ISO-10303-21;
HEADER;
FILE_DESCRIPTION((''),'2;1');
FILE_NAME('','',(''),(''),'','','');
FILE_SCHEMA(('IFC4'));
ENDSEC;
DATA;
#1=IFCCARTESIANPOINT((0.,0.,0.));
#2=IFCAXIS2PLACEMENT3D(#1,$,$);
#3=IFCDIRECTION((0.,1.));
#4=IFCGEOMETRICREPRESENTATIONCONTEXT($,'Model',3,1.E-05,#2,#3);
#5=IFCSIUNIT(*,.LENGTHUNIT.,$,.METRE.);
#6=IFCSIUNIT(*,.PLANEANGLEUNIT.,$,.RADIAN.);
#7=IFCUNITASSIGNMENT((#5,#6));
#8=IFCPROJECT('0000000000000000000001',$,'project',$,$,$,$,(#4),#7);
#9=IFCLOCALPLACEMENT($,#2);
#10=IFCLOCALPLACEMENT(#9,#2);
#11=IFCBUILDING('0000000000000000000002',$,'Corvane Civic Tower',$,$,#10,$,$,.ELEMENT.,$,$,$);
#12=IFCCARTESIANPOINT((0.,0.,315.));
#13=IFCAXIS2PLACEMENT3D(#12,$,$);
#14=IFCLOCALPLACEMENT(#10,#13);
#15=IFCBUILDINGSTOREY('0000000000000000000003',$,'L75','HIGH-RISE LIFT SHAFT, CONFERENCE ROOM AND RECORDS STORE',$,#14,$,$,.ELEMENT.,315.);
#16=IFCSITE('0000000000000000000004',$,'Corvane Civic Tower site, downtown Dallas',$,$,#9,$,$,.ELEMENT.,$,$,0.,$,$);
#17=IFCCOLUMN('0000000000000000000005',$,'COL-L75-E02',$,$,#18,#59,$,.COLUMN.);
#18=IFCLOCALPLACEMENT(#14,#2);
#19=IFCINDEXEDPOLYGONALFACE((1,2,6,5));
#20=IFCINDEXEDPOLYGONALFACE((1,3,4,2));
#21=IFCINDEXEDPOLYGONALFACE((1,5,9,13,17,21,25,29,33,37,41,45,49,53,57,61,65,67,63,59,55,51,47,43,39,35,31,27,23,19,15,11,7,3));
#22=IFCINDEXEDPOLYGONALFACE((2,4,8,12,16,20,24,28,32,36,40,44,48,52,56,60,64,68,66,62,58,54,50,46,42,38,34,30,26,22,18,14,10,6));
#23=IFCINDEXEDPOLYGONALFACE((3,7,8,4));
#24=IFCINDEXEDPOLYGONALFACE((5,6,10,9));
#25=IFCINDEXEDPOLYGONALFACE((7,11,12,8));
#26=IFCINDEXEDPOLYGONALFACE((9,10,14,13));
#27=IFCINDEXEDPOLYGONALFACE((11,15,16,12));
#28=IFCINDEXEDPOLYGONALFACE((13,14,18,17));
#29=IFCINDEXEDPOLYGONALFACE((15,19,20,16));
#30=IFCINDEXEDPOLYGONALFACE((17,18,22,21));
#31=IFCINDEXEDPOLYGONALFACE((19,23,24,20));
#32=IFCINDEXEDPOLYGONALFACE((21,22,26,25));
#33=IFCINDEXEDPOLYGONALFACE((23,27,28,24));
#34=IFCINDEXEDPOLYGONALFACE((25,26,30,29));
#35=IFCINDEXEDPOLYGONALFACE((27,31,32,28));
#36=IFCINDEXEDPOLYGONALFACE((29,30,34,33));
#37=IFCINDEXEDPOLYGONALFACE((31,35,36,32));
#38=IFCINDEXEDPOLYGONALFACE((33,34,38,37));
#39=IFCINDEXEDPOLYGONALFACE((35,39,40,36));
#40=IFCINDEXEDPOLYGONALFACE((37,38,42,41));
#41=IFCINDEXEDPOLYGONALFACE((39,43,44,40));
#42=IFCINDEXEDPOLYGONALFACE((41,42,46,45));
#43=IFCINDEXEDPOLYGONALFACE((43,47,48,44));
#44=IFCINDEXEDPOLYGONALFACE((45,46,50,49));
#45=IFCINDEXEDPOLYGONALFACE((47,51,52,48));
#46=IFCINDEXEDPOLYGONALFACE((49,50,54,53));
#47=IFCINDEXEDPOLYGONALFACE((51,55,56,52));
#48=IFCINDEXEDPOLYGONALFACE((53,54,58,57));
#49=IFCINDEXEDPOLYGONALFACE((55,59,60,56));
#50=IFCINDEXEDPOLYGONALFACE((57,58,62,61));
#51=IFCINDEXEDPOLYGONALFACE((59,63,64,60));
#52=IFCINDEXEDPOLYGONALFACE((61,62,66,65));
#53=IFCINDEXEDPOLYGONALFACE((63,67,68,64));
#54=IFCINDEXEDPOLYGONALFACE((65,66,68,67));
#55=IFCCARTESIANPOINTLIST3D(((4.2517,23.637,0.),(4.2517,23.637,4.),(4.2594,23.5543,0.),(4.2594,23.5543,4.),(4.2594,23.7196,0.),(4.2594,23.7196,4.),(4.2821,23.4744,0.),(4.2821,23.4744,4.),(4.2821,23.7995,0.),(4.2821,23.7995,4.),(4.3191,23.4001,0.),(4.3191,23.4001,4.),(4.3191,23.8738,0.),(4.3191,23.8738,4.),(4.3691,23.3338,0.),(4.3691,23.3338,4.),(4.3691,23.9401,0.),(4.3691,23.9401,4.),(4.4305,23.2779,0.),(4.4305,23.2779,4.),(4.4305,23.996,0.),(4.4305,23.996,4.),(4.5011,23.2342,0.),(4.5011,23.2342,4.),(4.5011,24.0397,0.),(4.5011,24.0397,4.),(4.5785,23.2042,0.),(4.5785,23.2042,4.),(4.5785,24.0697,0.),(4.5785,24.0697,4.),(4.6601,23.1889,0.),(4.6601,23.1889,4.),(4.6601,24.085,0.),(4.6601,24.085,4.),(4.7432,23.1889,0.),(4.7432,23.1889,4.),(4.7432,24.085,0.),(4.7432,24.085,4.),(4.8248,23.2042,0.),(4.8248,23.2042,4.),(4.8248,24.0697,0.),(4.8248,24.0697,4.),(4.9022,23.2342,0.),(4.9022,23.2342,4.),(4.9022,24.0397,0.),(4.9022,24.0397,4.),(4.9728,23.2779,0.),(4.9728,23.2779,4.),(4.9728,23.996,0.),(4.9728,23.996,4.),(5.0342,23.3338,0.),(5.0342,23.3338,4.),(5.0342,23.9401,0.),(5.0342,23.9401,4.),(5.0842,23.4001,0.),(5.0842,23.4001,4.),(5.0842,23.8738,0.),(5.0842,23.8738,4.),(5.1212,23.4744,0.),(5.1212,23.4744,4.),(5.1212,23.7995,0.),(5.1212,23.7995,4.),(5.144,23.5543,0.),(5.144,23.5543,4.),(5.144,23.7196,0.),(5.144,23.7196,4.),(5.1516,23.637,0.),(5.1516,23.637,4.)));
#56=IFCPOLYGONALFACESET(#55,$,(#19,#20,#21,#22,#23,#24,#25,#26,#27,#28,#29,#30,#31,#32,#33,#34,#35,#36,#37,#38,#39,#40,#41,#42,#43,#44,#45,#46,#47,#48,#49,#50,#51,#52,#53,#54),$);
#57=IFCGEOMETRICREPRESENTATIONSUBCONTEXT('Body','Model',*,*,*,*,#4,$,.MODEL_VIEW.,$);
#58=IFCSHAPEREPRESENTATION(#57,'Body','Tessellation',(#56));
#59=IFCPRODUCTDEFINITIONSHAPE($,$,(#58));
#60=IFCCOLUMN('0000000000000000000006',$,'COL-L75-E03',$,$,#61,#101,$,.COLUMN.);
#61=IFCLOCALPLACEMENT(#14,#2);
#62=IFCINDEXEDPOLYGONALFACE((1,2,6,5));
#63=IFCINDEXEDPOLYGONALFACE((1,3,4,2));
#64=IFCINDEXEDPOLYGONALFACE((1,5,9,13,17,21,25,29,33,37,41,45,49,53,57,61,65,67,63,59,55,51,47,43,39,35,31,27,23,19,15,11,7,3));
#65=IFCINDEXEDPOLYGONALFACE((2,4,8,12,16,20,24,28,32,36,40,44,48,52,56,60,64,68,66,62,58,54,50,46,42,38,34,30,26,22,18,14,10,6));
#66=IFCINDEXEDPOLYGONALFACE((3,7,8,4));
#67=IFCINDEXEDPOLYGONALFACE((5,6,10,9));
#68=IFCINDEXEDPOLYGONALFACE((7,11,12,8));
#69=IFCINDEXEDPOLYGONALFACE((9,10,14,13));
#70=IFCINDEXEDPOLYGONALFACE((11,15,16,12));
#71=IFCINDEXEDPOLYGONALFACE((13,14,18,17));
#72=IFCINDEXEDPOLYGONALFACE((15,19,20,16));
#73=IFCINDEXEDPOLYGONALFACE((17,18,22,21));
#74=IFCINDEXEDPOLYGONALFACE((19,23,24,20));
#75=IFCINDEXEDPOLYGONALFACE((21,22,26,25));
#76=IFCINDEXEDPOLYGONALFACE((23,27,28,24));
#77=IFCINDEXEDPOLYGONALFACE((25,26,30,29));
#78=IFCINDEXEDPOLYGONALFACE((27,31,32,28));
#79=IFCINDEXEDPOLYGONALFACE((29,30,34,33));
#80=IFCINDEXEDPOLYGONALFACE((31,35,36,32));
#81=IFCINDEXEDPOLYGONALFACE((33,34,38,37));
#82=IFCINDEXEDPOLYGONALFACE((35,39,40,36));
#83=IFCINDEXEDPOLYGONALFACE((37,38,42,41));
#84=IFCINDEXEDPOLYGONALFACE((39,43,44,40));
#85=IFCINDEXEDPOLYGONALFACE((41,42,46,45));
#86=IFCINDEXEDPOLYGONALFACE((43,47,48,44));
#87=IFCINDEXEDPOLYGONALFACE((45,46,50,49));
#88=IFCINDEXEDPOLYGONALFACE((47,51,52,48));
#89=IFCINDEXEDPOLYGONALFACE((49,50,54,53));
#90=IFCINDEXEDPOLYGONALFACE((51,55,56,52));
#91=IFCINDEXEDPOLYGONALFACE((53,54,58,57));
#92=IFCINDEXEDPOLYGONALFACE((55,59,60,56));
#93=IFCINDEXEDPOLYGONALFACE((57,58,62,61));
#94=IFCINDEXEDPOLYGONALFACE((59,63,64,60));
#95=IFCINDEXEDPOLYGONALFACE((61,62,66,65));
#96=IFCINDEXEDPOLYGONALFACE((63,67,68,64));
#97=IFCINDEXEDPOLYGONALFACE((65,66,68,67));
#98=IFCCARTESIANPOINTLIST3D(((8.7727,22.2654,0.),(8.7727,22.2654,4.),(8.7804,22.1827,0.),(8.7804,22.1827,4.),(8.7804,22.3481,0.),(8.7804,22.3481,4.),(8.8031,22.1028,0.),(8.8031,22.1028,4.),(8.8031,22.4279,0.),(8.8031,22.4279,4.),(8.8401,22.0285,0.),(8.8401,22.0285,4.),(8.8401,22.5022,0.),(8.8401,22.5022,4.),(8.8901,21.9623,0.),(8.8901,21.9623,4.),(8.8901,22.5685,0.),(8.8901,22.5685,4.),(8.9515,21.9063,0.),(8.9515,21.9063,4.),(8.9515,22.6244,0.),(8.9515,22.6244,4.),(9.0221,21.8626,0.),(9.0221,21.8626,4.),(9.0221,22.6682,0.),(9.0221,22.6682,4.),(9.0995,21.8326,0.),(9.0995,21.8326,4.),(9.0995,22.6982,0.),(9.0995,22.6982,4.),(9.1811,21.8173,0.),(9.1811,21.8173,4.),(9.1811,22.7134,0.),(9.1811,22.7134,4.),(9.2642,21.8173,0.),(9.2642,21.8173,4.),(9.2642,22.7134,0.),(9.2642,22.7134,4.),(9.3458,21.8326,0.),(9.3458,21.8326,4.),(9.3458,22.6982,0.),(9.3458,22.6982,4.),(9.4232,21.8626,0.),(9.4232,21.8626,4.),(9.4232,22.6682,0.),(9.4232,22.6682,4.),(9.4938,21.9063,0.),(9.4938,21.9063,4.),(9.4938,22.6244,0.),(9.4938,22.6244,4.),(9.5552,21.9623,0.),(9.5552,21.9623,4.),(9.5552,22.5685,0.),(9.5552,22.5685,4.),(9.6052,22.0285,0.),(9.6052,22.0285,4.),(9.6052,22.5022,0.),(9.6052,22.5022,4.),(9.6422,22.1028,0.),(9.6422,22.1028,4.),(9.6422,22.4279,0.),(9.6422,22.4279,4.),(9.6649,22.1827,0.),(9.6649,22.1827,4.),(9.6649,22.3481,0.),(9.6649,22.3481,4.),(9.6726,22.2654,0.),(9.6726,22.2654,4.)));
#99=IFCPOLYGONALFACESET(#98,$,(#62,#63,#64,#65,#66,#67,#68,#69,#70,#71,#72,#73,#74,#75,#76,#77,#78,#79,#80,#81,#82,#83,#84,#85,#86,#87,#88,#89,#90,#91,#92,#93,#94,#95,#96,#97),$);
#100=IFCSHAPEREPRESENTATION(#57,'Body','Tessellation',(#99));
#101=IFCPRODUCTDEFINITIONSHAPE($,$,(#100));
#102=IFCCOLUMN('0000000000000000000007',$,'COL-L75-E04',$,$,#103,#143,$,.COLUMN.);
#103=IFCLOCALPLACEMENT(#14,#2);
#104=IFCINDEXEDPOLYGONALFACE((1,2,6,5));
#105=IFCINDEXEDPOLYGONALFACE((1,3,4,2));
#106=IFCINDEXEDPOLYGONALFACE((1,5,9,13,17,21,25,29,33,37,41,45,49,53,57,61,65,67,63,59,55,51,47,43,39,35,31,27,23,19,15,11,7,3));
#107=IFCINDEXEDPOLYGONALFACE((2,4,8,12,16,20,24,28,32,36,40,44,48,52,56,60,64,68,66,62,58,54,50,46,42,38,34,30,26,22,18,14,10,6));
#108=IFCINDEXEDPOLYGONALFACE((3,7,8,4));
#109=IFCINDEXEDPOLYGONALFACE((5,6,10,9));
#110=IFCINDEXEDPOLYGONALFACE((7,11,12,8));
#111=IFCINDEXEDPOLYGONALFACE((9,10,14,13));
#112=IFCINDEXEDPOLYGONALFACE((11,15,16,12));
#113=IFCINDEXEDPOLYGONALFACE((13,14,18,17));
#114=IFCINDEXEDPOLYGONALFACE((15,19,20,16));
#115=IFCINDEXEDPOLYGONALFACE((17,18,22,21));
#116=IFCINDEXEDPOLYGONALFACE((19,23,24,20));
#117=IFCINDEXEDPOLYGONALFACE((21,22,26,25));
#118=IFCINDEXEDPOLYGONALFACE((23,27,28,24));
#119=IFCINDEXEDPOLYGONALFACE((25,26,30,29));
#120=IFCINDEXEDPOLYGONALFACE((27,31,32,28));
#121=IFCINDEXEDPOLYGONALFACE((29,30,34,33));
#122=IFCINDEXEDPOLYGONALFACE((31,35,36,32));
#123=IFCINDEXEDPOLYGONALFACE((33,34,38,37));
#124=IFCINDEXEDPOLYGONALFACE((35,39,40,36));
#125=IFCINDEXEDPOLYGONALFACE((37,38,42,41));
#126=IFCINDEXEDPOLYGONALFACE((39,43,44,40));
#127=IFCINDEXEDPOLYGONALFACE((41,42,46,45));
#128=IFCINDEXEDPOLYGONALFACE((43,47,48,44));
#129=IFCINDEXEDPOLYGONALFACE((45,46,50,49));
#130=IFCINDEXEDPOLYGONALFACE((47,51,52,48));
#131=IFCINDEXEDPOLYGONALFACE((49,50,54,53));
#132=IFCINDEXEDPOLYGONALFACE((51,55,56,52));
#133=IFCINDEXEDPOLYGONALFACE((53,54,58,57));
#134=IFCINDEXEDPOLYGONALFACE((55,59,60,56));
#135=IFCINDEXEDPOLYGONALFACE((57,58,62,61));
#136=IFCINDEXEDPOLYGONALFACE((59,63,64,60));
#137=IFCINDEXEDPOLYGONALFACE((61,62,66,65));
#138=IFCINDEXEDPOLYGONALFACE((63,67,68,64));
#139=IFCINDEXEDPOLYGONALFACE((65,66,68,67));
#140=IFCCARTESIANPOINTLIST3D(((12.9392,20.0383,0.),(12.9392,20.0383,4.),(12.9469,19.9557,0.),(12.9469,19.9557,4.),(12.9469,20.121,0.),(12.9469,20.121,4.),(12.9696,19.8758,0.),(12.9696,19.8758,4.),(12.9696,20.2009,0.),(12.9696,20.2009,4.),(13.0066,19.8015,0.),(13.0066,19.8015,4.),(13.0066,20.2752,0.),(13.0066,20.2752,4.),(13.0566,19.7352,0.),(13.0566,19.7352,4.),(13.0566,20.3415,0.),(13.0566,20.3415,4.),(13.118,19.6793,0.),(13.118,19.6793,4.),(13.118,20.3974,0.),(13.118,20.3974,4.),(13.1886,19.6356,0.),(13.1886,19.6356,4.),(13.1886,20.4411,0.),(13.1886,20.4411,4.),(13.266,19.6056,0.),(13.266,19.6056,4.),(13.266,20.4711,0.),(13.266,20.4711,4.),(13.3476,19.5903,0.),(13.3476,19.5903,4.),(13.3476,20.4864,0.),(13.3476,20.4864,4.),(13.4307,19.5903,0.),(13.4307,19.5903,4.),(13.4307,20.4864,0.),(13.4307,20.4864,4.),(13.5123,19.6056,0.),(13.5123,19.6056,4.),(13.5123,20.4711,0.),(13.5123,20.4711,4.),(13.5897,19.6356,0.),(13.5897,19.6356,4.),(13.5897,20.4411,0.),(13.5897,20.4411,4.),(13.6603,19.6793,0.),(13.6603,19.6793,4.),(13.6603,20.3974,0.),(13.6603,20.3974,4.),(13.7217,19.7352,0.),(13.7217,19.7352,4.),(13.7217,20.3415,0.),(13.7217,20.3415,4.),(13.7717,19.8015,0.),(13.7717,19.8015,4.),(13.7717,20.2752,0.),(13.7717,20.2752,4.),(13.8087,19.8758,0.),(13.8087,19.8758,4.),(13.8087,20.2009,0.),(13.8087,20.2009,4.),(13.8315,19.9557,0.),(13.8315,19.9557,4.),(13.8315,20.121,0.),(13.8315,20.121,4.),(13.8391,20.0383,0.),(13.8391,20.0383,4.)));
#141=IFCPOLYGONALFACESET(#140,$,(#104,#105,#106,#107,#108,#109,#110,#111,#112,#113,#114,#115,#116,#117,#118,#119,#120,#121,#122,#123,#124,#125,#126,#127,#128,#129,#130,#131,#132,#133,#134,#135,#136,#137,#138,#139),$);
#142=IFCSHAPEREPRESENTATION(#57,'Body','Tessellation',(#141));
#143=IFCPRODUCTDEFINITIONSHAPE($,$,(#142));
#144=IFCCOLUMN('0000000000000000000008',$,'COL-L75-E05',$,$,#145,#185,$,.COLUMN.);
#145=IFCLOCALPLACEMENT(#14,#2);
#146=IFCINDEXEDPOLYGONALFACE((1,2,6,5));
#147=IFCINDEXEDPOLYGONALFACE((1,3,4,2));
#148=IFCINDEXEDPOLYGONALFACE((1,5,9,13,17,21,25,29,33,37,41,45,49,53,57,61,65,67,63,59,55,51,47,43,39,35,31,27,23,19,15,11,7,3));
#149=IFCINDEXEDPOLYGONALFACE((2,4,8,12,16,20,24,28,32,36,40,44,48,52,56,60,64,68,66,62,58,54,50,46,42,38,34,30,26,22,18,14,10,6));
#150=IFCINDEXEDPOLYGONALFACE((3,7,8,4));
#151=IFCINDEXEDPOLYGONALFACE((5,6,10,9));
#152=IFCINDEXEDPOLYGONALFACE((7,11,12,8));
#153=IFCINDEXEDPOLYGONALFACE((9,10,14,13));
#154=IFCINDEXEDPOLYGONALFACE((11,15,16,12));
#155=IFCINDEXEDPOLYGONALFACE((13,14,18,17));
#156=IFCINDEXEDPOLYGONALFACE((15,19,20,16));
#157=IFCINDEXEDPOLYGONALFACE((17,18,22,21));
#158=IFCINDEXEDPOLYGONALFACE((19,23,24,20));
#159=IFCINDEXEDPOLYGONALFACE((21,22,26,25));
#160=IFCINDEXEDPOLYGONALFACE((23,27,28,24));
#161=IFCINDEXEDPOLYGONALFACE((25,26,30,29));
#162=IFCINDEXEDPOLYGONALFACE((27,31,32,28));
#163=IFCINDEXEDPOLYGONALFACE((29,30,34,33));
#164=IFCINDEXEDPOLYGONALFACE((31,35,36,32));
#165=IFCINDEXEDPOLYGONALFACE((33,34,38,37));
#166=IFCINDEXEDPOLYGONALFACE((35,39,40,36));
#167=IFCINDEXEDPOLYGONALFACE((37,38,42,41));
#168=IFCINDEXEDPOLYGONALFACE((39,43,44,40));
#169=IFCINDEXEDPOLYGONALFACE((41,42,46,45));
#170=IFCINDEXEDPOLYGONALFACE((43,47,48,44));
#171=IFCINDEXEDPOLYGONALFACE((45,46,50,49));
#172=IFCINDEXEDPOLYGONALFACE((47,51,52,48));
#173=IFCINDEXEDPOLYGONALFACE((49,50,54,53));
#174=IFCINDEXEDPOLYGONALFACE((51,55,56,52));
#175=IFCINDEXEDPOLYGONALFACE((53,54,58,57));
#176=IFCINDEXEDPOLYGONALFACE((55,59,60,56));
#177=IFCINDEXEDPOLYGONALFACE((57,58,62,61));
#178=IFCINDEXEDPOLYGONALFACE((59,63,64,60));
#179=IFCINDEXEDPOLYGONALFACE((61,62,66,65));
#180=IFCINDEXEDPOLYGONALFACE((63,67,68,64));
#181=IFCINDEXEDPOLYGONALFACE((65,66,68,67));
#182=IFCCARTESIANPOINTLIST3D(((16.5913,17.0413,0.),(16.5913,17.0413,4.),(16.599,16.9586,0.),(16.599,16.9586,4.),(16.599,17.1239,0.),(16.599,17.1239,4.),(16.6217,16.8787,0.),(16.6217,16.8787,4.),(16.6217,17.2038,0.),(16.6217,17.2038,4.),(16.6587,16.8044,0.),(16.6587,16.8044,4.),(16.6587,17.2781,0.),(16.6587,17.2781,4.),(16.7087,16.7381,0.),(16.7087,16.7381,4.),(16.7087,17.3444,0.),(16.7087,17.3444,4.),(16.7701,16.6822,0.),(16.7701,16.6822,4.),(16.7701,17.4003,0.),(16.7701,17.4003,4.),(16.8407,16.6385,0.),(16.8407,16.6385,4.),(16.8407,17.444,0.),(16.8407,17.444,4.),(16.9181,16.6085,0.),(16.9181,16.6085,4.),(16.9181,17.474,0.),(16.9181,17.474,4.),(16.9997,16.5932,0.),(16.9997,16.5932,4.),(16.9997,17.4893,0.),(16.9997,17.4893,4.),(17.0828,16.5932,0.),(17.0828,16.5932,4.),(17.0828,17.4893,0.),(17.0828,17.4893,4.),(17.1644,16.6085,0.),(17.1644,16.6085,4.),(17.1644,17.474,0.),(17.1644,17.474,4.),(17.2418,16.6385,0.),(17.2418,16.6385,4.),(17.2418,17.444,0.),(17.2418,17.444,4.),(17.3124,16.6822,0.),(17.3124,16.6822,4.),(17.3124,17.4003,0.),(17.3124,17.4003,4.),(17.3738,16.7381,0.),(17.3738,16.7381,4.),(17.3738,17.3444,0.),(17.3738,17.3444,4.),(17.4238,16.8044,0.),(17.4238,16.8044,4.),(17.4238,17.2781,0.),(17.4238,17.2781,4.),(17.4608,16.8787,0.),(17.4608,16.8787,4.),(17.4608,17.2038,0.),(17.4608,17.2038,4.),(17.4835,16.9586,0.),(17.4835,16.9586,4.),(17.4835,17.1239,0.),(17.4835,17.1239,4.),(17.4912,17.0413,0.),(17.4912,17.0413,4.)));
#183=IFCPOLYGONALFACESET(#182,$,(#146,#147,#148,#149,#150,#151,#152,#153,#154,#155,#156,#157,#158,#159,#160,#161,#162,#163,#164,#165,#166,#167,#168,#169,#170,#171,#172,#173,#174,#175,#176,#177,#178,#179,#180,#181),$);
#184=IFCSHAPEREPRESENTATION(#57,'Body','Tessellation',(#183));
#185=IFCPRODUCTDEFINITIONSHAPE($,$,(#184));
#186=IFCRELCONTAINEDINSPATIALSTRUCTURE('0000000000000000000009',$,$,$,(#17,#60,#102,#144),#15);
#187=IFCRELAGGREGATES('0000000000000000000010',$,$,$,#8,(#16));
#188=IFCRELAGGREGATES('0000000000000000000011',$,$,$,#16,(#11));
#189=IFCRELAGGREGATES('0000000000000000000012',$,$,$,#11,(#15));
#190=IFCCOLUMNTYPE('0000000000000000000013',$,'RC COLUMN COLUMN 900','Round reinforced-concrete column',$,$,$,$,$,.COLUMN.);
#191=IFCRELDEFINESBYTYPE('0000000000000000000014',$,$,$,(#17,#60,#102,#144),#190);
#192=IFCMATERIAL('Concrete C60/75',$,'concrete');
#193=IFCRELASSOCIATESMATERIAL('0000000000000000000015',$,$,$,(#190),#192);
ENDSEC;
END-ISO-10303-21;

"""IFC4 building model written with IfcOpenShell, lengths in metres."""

from ifc_helpers import new_model, si_unit, direction, frame, origin, origin_2d, place, context, subcontext, project, spatial, circle, extrude, material, material_profile, profile_set, type_object, element, save


model = new_model("IFC4")

# Units and contexts
model_context = context("Model", 3, precision=1e-05, world=origin(), true_north=direction((0.0, 1.0)))
body_context = subcontext(model_context, "Body", "Model", "MODEL_VIEW")
ifc_project = project(units=[si_unit("LENGTHUNIT", "METRE"), si_unit("PLANEANGLEUNIT", "RADIAN")], contexts=[model_context])

# Site, building, storey
site_placement = place(None, origin())
site = spatial("IfcSite", under=ifc_project, at=site_placement, Name="Corvane Civic Tower site, downtown Dallas", CompositionType="ELEMENT", RefElevation=0.0)
building_placement = place(site_placement, origin())
building = spatial("IfcBuilding", under=site, at=building_placement, Name="Corvane Civic Tower", CompositionType="ELEMENT")
storey_placement = place(building_placement, frame((0.0, 0.0, 315.0)))
storey = spatial("IfcBuildingStorey", under=building, at=storey_placement, Name="L75", Description="HIGH-RISE LIFT SHAFT, CONFERENCE ROOM AND RECORDS STORE", CompositionType="ELEMENT", Elevation=315.0)

# Columns
ifc_material_1 = material(Name="Concrete C60/75", Category="concrete")
ifc_material_profile_1 = material_profile(ifc_material_1, circle(Radius=0.45, at=origin_2d()), Name="COLUMN 900")
ifc_profile_set_1 = profile_set([ifc_material_profile_1], Name="Concrete C60/75")
column_type = type_object("IfcColumnType", Name="RC COLUMN COLUMN 900", Description="Round reinforced-concrete column", PredefinedType="COLUMN", material=ifc_profile_set_1)
for number, where, z_axis, x_axis, name in (
    (1, (4.7017, 23.637, 0.0), (0.0, 0.0, 1.0), (1.0, 0.0, 0.0), "COL-L75-E02"),
    (2, (9.2227, 22.2654, 0.0), (0.0, 0.0, 1.0), (1.0, 0.0, 0.0), "COL-L75-E03"),
    (3, (13.3892, 20.0383, 0.0), (0.0, 0.0, 1.0), (1.0, 0.0, 0.0), "COL-L75-E04"),
    (4, (17.0413, 17.0413, 0.0), (0.0, 0.0, 1.0), (1.0, 0.0, 0.0), "COL-L75-E05"),
):
    element("IfcColumn", number, at=place(storey_placement, frame(where, z_axis=z_axis, x_axis=x_axis)), inside=storey, type_object=column_type, Name=name, PredefinedType="COLUMN", context=body_context, shape_type="SweptSolid", body=[
        extrude(circle(Radius=0.45, at=origin_2d()), origin(), (0.0, 0.0, 1.0), 4.0),
    ])

save(model, "model.ifc")
